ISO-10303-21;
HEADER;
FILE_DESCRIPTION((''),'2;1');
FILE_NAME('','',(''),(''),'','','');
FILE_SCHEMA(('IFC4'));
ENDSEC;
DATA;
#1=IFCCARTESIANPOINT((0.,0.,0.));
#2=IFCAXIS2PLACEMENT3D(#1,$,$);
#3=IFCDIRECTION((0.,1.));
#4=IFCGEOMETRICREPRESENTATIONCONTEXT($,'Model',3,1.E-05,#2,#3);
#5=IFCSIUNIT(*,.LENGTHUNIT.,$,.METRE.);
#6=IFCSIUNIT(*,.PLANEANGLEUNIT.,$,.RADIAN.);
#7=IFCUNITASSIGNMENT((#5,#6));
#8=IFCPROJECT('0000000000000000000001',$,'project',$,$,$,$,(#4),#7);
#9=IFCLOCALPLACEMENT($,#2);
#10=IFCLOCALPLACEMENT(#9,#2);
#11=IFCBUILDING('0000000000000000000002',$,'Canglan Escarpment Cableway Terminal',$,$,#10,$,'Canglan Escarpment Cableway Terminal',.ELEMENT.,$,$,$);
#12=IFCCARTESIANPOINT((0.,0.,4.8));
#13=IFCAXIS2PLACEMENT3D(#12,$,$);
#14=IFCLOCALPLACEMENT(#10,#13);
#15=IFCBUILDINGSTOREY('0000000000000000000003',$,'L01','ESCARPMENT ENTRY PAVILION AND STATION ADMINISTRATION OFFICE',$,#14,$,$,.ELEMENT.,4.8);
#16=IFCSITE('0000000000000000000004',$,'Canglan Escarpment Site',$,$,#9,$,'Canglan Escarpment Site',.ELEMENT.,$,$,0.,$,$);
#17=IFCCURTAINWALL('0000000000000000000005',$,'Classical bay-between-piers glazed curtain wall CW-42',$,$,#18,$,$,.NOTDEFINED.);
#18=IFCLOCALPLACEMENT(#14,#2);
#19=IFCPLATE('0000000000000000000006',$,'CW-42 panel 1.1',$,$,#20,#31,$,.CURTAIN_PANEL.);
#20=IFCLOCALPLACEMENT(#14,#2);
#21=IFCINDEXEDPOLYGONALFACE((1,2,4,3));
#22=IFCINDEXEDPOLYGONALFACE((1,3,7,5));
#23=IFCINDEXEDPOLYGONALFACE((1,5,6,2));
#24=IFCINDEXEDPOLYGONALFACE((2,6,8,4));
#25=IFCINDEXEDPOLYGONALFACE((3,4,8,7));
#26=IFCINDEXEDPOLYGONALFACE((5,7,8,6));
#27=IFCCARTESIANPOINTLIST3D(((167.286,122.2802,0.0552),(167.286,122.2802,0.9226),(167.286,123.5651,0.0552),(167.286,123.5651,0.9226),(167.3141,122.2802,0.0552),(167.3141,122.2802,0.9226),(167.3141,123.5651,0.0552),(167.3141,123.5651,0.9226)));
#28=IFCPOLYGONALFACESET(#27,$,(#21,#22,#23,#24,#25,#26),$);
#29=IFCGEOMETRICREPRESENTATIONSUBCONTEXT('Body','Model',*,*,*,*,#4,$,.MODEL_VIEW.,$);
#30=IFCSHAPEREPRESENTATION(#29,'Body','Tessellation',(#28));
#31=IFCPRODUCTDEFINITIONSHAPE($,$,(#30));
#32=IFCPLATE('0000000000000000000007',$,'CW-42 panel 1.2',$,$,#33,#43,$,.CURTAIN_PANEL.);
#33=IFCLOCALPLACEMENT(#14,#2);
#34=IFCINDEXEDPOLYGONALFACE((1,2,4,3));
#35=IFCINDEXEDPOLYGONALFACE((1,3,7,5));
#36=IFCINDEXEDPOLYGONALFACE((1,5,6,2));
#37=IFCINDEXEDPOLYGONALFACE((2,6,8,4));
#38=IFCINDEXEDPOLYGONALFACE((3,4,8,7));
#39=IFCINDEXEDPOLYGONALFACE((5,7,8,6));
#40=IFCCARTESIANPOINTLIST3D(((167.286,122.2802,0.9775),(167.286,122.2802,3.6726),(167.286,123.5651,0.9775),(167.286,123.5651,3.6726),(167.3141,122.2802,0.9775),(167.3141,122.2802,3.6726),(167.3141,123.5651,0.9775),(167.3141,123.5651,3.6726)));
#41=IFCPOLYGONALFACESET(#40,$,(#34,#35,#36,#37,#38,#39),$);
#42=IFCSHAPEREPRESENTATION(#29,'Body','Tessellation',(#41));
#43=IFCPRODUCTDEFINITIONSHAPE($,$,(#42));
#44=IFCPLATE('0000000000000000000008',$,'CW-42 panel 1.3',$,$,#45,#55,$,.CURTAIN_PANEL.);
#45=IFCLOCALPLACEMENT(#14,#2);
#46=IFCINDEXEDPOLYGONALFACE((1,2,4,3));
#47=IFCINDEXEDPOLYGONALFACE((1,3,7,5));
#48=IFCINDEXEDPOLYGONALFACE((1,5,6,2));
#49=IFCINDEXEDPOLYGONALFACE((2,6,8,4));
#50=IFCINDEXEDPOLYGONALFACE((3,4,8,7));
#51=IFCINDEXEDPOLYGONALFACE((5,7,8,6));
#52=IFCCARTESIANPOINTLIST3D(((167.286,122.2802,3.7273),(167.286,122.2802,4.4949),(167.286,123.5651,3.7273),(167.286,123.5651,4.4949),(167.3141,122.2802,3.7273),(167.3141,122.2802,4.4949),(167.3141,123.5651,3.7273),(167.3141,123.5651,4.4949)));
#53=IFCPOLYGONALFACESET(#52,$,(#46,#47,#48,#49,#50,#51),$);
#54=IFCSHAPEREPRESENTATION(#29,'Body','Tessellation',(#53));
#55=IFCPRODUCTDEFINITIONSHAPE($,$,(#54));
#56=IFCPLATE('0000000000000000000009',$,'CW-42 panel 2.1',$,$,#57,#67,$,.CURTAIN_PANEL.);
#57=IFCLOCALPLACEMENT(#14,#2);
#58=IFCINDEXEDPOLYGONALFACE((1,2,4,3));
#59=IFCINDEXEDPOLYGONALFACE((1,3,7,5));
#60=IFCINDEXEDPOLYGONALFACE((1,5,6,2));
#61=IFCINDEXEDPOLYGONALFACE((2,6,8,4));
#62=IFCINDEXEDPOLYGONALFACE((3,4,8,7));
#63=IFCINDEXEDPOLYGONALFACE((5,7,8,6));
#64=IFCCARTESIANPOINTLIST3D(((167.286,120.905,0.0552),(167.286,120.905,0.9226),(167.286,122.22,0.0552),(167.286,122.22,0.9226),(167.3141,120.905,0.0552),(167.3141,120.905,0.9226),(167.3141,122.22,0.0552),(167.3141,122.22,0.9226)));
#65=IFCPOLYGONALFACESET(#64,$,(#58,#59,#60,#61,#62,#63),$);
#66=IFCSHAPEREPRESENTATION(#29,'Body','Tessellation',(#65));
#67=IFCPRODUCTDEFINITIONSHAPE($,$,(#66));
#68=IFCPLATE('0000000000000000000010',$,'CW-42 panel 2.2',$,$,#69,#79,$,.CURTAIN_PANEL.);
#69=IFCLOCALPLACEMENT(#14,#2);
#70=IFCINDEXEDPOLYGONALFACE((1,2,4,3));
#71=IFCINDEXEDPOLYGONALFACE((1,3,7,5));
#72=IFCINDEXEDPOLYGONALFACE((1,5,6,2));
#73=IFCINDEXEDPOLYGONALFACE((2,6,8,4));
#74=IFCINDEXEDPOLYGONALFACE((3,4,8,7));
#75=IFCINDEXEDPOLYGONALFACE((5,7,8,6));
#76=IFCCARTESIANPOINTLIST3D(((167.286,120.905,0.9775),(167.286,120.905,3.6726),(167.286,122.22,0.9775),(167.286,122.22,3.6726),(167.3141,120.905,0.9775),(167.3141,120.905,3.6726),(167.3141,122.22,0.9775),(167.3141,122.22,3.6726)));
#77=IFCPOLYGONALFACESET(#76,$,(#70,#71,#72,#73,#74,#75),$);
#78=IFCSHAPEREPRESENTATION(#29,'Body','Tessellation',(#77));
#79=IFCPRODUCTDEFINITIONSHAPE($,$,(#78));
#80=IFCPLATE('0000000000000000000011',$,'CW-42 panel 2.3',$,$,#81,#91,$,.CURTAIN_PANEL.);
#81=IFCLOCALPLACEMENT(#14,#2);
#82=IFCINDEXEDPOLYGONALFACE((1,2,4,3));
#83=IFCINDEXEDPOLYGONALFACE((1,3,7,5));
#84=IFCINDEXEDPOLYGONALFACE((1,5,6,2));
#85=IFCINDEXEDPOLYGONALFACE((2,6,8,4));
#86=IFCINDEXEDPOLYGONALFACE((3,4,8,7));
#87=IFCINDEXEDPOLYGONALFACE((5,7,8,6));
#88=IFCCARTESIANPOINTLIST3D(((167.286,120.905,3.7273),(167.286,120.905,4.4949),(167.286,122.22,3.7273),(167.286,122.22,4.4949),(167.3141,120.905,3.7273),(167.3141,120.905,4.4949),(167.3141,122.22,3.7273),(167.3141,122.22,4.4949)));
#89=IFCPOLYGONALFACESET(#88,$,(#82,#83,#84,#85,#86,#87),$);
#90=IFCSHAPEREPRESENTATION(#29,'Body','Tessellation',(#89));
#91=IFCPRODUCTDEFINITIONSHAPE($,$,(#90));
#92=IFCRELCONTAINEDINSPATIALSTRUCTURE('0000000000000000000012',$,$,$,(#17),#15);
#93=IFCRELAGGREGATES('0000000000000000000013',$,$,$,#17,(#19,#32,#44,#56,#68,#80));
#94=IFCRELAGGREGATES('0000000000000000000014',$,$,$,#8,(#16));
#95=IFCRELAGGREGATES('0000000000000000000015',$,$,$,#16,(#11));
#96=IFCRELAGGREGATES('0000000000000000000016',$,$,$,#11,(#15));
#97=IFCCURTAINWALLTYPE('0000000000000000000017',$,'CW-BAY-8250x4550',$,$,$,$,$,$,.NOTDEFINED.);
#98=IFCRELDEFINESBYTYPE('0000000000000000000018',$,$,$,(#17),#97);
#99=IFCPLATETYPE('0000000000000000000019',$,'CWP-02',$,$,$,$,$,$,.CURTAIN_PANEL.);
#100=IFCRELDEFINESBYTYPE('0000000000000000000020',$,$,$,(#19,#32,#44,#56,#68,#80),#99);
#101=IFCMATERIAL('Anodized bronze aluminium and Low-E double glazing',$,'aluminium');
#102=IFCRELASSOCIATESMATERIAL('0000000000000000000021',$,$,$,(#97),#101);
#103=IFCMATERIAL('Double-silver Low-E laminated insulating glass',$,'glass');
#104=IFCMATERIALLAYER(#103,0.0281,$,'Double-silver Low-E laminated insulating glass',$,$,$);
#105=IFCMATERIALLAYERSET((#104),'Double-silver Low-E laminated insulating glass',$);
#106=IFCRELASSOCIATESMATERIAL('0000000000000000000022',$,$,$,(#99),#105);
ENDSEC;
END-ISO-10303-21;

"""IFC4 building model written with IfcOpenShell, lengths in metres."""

from ifc_helpers import new_model, si_unit, direction, frame, origin, origin_2d, place, context, subcontext, project, spatial, rectangle, extrude, material, layer, layer_set, type_object, element, aggregate, save


model = new_model("IFC4")

# Units and contexts
model_context = context("Model", 3, precision=1e-05, world=origin(), true_north=direction((0.0, 1.0)))
body_context = subcontext(model_context, "Body", "Model", "MODEL_VIEW")
ifc_project = project(units=[si_unit("LENGTHUNIT", "METRE"), si_unit("PLANEANGLEUNIT", "RADIAN")], contexts=[model_context])

# Site, building, storey
site_placement = place(None, origin())
site = spatial("IfcSite", under=ifc_project, at=site_placement, Name="Canglan Escarpment Site", LongName="Canglan Escarpment Site", CompositionType="ELEMENT", RefElevation=0.0)
building_placement = place(site_placement, origin())
building = spatial("IfcBuilding", under=site, at=building_placement, Name="Canglan Escarpment Cableway Terminal", LongName="Canglan Escarpment Cableway Terminal", CompositionType="ELEMENT")
storey_placement = place(building_placement, frame((0.0, 0.0, 4.8)))
storey = spatial("IfcBuildingStorey", under=building, at=storey_placement, Name="L01", Description="ESCARPMENT ENTRY PAVILION AND STATION ADMINISTRATION OFFICE", CompositionType="ELEMENT", Elevation=4.8)

# Curtain wall
ifc_material_1 = material(Name="Anodized bronze aluminium and Low-E double glazing", Category="aluminium")
curtain_wall_type = type_object("IfcCurtainWallType", Name="CW-BAY-8250x4550", PredefinedType="NOTDEFINED", material=ifc_material_1)
curtain_wall_placement = place(storey_placement, origin())
curtain_wall = element("IfcCurtainWall", 1, at=curtain_wall_placement, inside=storey, type_object=curtain_wall_type, Name="Classical bay-between-piers glazed curtain wall CW-42", PredefinedType="NOTDEFINED")

# Plates
ifc_material_2 = material(Name="Double-silver Low-E laminated insulating glass", Category="glass")
ifc_layer = layer(ifc_material_2, 0.0281, Name="Double-silver Low-E laminated insulating glass")
ifc_layer_set = layer_set([ifc_layer], Name="Double-silver Low-E laminated insulating glass")
plate_type = type_object("IfcPlateType", Name="CWP-02", PredefinedType="CURTAIN_PANEL", material=ifc_layer_set)
plate_1_placement = place(storey_placement, frame((167.3, 122.9226, 0.0552), z_axis=(0.0, 0.0, 1.0), x_axis=(0.0, -1.0, 0.0)))
plate_1 = element("IfcPlate", 2, at=plate_1_placement, type_object=plate_type, Name="CW-42 panel 1.1", PredefinedType="CURTAIN_PANEL", context=body_context, shape_type="SweptSolid", body=[
    extrude(rectangle(XDim=1.2849, YDim=0.0281, at=origin_2d()), origin(), (0.0, 0.0, 1.0), 0.8674),
])
plate_2_placement = place(storey_placement, frame((167.3, 122.9226, 0.9775), z_axis=(0.0, 0.0, 1.0), x_axis=(0.0, -1.0, 0.0)))
plate_2 = element("IfcPlate", 3, at=plate_2_placement, type_object=plate_type, Name="CW-42 panel 1.2", PredefinedType="CURTAIN_PANEL", context=body_context, shape_type="SweptSolid", body=[
    extrude(rectangle(XDim=1.2849, YDim=0.0281, at=origin_2d()), origin(), (0.0, 0.0, 1.0), 2.6951),
])
plate_3_placement = place(storey_placement, frame((167.3, 122.9226, 3.7273), z_axis=(0.0, 0.0, 1.0), x_axis=(0.0, -1.0, 0.0)))
plate_3 = element("IfcPlate", 4, at=plate_3_placement, type_object=plate_type, Name="CW-42 panel 1.3", PredefinedType="CURTAIN_PANEL", context=body_context, shape_type="SweptSolid", body=[
    extrude(rectangle(XDim=1.2849, YDim=0.0281, at=origin_2d()), origin(), (0.0, 0.0, 1.0), 0.7676),
])
plate_4_placement = place(storey_placement, frame((167.3, 121.5625, 0.0552), z_axis=(0.0, 0.0, 1.0), x_axis=(0.0, -1.0, 0.0)))
plate_4 = element("IfcPlate", 5, at=plate_4_placement, type_object=plate_type, Name="CW-42 panel 2.1", PredefinedType="CURTAIN_PANEL", context=body_context, shape_type="SweptSolid", body=[
    extrude(rectangle(XDim=1.3149, YDim=0.0281, at=origin_2d()), origin(), (0.0, 0.0, 1.0), 0.8674),
])
plate_5_placement = place(storey_placement, frame((167.3, 121.5625, 0.9775), z_axis=(0.0, 0.0, 1.0), x_axis=(0.0, -1.0, 0.0)))
plate_5 = element("IfcPlate", 6, at=plate_5_placement, type_object=plate_type, Name="CW-42 panel 2.2", PredefinedType="CURTAIN_PANEL", context=body_context, shape_type="SweptSolid", body=[
    extrude(rectangle(XDim=1.3149, YDim=0.0281, at=origin_2d()), origin(), (0.0, 0.0, 1.0), 2.6951),
])
plate_6_placement = place(storey_placement, frame((167.3, 121.5625, 3.7273), z_axis=(0.0, 0.0, 1.0), x_axis=(0.0, -1.0, 0.0)))
plate_6 = element("IfcPlate", 7, at=plate_6_placement, type_object=plate_type, Name="CW-42 panel 2.3", PredefinedType="CURTAIN_PANEL", context=body_context, shape_type="SweptSolid", body=[
    extrude(rectangle(XDim=1.3149, YDim=0.0281, at=origin_2d()), origin(), (0.0, 0.0, 1.0), 0.7676),
])
aggregate(curtain_wall, [plate_1, plate_2, plate_3, plate_4, plate_5, plate_6])

save(model, "model.ifc")
